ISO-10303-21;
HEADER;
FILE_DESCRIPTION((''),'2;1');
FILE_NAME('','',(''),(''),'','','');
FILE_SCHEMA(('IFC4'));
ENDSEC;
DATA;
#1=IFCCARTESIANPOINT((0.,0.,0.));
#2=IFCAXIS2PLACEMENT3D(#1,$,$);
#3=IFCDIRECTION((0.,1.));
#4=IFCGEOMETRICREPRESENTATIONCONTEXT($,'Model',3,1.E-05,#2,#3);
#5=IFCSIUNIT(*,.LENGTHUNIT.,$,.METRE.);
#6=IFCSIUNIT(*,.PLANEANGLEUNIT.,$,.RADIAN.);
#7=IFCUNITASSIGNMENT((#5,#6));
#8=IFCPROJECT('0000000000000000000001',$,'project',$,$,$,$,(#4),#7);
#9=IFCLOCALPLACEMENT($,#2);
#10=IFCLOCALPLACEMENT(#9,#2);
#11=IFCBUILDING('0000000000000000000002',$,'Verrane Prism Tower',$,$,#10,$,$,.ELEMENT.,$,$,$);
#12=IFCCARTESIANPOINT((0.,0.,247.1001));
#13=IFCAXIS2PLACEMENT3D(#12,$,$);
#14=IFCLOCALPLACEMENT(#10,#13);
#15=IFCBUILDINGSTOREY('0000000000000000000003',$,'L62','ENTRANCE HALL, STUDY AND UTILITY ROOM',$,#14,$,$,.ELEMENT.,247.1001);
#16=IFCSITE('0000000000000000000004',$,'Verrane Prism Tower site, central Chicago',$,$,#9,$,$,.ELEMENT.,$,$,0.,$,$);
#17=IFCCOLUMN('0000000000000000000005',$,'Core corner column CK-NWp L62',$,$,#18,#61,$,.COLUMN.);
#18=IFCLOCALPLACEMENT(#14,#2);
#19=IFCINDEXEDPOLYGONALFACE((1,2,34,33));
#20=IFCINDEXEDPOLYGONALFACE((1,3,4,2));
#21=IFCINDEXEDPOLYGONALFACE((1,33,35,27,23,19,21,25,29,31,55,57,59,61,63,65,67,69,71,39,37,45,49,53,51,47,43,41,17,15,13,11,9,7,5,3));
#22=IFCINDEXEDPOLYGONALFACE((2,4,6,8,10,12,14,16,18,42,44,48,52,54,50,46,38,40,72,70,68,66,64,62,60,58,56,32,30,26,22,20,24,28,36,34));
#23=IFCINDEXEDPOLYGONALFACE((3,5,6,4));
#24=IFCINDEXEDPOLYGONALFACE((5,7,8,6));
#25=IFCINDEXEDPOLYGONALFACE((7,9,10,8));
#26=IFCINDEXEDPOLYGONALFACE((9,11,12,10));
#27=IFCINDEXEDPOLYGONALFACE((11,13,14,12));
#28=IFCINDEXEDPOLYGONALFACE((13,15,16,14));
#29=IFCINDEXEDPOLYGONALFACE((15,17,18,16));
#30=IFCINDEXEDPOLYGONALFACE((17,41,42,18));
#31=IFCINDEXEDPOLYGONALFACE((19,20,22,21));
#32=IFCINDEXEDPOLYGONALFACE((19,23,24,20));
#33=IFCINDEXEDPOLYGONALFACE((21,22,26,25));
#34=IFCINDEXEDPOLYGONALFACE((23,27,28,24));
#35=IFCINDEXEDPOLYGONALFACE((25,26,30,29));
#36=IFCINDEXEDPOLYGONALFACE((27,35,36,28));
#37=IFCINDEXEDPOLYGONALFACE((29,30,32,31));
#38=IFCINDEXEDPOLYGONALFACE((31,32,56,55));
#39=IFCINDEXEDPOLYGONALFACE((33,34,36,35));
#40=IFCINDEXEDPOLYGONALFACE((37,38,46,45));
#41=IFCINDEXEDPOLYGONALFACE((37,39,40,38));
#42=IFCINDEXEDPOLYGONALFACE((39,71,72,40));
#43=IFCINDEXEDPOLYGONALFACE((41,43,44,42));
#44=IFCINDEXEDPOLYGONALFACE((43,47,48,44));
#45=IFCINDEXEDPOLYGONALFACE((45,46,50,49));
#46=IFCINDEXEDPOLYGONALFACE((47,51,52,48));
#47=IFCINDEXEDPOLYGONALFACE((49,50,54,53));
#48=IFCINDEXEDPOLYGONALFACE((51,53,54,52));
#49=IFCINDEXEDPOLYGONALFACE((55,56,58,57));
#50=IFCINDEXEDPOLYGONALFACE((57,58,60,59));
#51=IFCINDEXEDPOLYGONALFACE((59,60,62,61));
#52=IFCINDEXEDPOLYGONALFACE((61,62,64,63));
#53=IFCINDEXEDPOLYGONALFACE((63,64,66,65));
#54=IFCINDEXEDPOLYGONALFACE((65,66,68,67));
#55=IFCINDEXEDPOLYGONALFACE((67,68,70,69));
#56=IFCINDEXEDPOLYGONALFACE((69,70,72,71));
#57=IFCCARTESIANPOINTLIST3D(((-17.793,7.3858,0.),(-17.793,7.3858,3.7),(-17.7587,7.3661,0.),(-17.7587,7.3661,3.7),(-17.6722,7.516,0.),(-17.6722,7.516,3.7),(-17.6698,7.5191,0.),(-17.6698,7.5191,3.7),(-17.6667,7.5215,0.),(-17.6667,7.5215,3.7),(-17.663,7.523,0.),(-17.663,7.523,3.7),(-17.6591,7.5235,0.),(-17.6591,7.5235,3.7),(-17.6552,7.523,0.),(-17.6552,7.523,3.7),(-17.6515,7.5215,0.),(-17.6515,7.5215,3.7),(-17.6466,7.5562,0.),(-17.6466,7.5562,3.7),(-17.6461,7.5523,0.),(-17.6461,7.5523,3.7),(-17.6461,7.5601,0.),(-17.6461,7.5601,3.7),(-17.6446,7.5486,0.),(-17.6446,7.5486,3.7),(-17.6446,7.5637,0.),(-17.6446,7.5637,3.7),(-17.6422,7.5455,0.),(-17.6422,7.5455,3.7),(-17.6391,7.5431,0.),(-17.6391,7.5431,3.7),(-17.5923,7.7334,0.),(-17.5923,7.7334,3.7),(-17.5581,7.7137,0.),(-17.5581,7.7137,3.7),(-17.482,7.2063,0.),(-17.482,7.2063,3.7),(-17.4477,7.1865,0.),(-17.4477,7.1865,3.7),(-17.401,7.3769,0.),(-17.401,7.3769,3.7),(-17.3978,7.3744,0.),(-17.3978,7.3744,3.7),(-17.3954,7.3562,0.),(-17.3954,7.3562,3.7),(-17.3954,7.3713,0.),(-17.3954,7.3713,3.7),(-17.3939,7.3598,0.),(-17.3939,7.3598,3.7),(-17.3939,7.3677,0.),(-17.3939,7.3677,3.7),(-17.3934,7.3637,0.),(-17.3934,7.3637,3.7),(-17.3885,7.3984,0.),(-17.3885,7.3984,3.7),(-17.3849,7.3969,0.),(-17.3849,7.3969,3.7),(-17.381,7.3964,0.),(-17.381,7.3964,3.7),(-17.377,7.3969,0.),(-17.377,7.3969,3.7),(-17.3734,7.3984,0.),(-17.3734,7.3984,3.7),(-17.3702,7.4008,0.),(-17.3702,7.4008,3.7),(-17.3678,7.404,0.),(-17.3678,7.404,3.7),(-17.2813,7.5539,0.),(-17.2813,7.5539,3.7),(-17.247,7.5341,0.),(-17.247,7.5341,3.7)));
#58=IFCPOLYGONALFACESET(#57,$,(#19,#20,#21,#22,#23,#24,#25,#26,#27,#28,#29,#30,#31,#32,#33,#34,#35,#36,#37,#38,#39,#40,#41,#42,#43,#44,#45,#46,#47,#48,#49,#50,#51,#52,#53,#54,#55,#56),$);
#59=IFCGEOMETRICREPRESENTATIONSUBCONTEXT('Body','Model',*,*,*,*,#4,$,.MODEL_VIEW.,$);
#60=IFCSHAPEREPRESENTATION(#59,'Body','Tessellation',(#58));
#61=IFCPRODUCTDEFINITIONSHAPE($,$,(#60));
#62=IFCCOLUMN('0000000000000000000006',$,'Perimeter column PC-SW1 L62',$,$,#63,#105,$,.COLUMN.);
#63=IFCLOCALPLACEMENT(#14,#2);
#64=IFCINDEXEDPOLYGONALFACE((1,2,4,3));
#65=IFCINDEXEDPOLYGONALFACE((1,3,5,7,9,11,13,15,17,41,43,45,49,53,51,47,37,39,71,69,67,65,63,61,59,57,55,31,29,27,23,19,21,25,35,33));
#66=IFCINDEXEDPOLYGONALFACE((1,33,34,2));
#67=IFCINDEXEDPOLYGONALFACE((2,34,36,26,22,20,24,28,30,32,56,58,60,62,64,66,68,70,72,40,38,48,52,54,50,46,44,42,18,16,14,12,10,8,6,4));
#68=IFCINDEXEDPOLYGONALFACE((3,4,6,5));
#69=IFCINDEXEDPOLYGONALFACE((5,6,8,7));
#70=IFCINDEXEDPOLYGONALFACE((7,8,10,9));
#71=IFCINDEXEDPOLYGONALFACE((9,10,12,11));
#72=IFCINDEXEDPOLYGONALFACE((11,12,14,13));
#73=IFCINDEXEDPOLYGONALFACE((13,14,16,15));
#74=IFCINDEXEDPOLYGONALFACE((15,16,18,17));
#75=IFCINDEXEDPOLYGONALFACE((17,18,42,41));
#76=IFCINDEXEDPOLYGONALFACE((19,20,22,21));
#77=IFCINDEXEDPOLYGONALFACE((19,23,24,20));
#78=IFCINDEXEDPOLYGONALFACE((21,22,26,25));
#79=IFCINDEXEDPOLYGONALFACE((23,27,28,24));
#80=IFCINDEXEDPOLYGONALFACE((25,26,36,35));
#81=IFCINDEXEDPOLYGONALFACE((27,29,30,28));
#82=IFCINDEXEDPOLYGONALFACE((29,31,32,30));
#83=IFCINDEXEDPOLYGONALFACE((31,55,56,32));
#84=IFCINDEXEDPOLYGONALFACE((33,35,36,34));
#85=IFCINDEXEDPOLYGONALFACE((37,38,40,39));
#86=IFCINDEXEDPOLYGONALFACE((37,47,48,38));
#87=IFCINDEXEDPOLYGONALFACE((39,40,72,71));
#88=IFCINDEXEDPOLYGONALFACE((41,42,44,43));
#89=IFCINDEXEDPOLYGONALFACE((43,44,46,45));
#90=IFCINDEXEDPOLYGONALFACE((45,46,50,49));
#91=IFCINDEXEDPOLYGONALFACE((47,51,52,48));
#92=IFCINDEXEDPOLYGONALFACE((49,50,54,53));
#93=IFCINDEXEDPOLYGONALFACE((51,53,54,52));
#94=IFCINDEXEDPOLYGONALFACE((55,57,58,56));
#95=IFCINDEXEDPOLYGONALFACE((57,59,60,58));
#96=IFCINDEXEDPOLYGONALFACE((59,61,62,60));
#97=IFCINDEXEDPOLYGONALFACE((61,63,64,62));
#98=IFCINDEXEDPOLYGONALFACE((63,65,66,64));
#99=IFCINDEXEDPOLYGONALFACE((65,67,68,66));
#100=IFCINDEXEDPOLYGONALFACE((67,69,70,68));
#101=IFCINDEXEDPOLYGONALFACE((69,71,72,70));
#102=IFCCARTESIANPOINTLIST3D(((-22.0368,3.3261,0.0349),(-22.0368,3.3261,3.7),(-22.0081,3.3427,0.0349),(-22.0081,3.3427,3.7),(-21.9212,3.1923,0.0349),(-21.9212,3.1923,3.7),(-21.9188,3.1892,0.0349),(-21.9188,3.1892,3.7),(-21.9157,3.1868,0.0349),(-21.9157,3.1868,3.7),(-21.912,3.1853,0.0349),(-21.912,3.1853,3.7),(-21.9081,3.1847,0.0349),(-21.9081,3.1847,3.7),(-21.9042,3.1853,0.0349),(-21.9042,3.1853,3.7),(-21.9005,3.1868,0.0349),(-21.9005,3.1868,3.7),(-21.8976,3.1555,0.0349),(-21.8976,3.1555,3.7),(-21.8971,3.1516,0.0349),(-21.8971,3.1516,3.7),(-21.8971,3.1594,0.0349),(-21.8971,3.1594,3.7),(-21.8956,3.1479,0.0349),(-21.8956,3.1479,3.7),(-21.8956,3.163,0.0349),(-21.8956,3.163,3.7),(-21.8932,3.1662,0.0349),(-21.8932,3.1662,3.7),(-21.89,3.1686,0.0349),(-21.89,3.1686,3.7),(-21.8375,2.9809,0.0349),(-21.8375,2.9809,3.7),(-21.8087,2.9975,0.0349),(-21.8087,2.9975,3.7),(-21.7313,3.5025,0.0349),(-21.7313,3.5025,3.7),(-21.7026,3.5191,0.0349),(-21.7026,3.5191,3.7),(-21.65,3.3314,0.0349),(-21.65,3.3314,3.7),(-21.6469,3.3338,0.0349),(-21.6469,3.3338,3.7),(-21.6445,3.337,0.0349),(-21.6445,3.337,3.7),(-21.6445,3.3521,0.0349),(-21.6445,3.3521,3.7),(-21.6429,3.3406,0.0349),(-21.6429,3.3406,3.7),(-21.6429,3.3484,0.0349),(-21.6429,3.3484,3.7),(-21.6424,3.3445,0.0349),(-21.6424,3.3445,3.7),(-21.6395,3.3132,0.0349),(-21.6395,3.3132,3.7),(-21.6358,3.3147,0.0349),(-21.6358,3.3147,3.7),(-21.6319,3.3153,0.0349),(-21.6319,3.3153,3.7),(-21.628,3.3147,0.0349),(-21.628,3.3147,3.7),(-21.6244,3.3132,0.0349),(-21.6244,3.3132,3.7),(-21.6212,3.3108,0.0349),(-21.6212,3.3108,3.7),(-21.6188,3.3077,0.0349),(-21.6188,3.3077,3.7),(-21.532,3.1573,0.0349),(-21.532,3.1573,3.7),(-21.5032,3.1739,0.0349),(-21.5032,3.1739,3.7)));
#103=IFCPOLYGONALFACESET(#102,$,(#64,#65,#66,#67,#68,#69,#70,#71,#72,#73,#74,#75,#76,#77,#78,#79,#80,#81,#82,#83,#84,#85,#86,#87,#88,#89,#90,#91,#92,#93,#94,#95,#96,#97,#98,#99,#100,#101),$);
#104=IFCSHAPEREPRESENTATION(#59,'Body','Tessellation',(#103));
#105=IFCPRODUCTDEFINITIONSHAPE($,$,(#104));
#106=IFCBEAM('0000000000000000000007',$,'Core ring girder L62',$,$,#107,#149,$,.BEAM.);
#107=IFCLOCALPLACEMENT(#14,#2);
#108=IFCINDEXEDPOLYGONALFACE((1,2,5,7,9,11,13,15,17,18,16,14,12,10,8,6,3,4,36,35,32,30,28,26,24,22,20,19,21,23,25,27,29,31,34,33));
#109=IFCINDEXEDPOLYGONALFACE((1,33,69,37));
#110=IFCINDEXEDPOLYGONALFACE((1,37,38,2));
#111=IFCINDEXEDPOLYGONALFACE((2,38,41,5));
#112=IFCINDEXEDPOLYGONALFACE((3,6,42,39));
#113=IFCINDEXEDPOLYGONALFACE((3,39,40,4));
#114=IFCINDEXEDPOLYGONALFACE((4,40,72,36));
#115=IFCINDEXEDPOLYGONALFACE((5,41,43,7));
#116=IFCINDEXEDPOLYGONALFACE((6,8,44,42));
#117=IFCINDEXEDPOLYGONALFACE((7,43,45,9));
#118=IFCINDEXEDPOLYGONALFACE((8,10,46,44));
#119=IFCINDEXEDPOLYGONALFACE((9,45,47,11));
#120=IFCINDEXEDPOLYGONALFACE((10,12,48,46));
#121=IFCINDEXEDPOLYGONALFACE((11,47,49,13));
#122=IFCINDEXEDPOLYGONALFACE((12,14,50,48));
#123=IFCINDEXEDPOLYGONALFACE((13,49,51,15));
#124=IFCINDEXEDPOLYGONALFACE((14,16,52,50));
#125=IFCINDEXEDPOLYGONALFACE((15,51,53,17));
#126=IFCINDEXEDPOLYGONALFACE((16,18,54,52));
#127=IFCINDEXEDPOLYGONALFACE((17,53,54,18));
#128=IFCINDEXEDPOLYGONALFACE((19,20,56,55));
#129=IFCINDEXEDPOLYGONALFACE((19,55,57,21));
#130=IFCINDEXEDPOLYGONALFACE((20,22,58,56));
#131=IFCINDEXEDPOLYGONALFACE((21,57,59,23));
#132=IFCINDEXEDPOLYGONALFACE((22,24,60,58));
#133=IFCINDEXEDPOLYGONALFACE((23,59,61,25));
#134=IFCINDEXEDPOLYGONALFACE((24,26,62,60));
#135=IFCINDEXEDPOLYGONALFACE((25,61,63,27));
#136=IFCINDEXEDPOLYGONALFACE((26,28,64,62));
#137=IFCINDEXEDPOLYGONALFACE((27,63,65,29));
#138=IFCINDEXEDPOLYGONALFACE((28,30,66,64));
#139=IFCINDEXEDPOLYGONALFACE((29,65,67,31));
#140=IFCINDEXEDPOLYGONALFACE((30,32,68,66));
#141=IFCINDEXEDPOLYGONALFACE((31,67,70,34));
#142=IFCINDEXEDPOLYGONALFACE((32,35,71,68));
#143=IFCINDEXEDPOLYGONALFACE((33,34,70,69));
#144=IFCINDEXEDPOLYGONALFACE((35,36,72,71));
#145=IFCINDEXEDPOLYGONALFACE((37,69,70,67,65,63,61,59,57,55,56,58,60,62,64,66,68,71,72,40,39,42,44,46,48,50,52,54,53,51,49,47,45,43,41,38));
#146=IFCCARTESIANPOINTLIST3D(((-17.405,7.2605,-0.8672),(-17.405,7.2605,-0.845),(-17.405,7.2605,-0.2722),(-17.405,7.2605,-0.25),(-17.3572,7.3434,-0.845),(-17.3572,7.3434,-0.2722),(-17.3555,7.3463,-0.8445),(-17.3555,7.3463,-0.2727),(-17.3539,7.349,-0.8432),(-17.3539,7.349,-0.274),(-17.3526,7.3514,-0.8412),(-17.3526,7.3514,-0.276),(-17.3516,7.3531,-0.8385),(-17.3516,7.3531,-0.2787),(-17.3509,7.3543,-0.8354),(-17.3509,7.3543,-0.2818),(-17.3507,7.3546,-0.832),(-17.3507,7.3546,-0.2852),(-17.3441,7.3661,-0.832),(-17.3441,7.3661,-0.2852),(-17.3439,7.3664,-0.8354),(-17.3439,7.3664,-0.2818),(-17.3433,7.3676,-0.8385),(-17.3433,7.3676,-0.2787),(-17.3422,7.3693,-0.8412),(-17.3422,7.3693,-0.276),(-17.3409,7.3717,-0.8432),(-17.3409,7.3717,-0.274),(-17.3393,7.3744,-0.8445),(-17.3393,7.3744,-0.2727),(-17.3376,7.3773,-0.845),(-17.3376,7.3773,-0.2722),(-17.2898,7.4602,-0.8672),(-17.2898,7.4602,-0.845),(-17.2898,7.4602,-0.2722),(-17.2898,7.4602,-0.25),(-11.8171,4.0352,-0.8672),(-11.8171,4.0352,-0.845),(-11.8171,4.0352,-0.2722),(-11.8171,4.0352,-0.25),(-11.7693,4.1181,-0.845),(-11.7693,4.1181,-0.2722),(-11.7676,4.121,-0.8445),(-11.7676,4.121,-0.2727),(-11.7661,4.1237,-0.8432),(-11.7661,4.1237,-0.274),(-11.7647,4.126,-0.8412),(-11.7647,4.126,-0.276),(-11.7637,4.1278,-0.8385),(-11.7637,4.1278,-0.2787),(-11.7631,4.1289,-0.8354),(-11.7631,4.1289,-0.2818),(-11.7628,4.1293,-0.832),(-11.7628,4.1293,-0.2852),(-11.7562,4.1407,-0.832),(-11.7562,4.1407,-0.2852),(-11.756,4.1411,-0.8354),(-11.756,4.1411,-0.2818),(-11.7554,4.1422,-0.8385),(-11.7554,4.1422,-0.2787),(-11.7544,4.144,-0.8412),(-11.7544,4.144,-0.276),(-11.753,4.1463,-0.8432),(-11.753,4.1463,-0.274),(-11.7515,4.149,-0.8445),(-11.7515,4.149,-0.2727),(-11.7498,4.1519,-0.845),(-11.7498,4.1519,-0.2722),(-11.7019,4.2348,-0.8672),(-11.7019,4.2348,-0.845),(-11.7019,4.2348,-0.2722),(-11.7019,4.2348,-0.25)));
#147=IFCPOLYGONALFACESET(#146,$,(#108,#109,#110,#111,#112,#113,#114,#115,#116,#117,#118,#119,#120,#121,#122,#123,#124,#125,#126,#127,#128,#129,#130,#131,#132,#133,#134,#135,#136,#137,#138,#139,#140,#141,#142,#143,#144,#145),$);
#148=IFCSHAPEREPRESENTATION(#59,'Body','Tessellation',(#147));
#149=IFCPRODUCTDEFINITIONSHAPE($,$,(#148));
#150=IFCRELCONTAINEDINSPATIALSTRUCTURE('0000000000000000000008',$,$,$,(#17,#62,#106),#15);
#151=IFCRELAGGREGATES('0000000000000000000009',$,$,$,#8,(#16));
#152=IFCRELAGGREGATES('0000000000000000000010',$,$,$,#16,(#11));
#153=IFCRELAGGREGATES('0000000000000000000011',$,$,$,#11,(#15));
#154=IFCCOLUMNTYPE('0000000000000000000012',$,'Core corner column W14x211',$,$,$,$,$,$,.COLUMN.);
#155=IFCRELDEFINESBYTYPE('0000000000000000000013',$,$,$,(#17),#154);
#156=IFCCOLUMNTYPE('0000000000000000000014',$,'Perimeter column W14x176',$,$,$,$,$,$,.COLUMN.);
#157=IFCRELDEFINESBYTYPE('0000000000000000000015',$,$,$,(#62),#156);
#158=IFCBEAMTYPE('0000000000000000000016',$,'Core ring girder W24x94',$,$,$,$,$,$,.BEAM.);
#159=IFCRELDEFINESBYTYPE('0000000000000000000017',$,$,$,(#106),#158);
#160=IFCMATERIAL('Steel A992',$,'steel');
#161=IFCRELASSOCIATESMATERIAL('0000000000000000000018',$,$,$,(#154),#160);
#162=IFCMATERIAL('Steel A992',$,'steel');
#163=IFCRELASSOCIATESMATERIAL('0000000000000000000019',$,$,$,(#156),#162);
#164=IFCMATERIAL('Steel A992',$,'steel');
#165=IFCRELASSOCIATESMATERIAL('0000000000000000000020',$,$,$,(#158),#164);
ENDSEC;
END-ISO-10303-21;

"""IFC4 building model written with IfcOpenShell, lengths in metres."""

from ifc_helpers import new_model, si_unit, direction, frame, origin, origin_2d, place, context, subcontext, project, spatial, i_section, extrude, material, material_profile, profile_set, type_object, element, save


model = new_model("IFC4")

# Units and contexts
model_context = context("Model", 3, precision=1e-05, world=origin(), true_north=direction((0.0, 1.0)))
body_context = subcontext(model_context, "Body", "Model", "MODEL_VIEW")
ifc_project = project(units=[si_unit("LENGTHUNIT", "METRE"), si_unit("PLANEANGLEUNIT", "RADIAN")], contexts=[model_context])

# Site, building, storey
site_placement = place(None, origin())
site = spatial("IfcSite", under=ifc_project, at=site_placement, Name="Verrane Prism Tower site, central Chicago", CompositionType="ELEMENT", RefElevation=0.0)
building_placement = place(site_placement, origin())
building = spatial("IfcBuilding", under=site, at=building_placement, Name="Verrane Prism Tower", CompositionType="ELEMENT")
storey_placement = place(building_placement, frame((0.0, 0.0, 247.1001)))
storey = spatial("IfcBuildingStorey", under=building, at=storey_placement, Name="L62", Description="ENTRANCE HALL, STUDY AND UTILITY ROOM", CompositionType="ELEMENT", Elevation=247.1001)

# Columns
ifc_material_1 = material(Name="Steel A992", Category="steel")
ifc_material_profile_1 = material_profile(ifc_material_1, i_section(OverallWidth=0.4014, OverallDepth=0.3987, WebThickness=0.0249, FlangeThickness=0.0396, FilletRadius=0.0151, at=origin_2d()), Name="W14x211")
ifc_profile_set_1 = profile_set([ifc_material_profile_1], Name="Steel A992")
column_type_1 = type_object("IfcColumnType", Name="Core corner column W14x211", PredefinedType="COLUMN", material=ifc_profile_set_1)
column_1_placement = place(storey_placement, frame((-17.52, 7.46, 0.0), z_axis=(0.0, 0.0, 1.0), x_axis=(0.5, 0.866025, 0.0)))
element("IfcColumn", 1, at=column_1_placement, inside=storey, type_object=column_type_1, Name="Core corner column CK-NWp L62", PredefinedType="COLUMN", context=body_context, shape_type="SweptSolid", body=[
    extrude(i_section(OverallWidth=0.4014, OverallDepth=0.3987, WebThickness=0.0249, FlangeThickness=0.0396, FilletRadius=0.0151, at=origin_2d()), origin(), (0.0, 0.0, 1.0), 3.7),
])
ifc_material_2 = material(Name="Steel A992", Category="steel")
ifc_material_profile_2 = material_profile(ifc_material_2, i_section(OverallWidth=0.3987, OverallDepth=0.386, WebThickness=0.021, FlangeThickness=0.0332, FilletRadius=0.0151, at=origin_2d()), Name="W14x176")
ifc_profile_set_2 = profile_set([ifc_material_profile_2], Name="Steel A992")
column_type_2 = type_object("IfcColumnType", Name="Perimeter column W14x176", PredefinedType="COLUMN", material=ifc_profile_set_2)
column_2_placement = place(storey_placement, frame((-21.77, 3.25, 0.0349), z_axis=(0.0, 0.0, 1.0), x_axis=(-0.5, 0.866025, 0.0)))
element("IfcColumn", 2, at=column_2_placement, inside=storey, type_object=column_type_2, Name="Perimeter column PC-SW1 L62", PredefinedType="COLUMN", context=body_context, shape_type="SweptSolid", body=[
    extrude(i_section(OverallWidth=0.3987, OverallDepth=0.386, WebThickness=0.021, FlangeThickness=0.0332, FilletRadius=0.0151, at=origin_2d()), origin(), (0.0, 0.0, 1.0), 3.665),
])

# Beam
ifc_material_3 = material(Name="Steel A992", Category="steel")
ifc_material_profile_3 = material_profile(ifc_material_3, i_section(OverallWidth=0.2305, OverallDepth=0.6172, WebThickness=0.0132, FlangeThickness=0.0222, FilletRadius=0.0129, at=origin_2d()), Name="W24x94")
ifc_profile_set_3 = profile_set([ifc_material_profile_3], Name="Steel A992")
beam_type_1 = type_object("IfcBeamType", Name="Core ring girder W24x94", PredefinedType="BEAM", material=ifc_profile_set_3)
beam_1_placement = place(storey_placement, frame((-17.3474, 7.3604, -0.5586), z_axis=(0.866081, -0.499904, 0.0), x_axis=(0.499904, 0.866081, 0.0)))
element("IfcBeam", 3, at=beam_1_placement, inside=storey, type_object=beam_type_1, Name="Core ring girder L62", PredefinedType="BEAM", context=body_context, shape_type="SweptSolid", body=[
    extrude(i_section(OverallWidth=0.2305, OverallDepth=0.6172, WebThickness=0.0132, FlangeThickness=0.0222, FilletRadius=0.0129, at=origin_2d()), origin(), (0.0, 0.0, 1.0), 6.4519),
])

save(model, "model.ifc")
